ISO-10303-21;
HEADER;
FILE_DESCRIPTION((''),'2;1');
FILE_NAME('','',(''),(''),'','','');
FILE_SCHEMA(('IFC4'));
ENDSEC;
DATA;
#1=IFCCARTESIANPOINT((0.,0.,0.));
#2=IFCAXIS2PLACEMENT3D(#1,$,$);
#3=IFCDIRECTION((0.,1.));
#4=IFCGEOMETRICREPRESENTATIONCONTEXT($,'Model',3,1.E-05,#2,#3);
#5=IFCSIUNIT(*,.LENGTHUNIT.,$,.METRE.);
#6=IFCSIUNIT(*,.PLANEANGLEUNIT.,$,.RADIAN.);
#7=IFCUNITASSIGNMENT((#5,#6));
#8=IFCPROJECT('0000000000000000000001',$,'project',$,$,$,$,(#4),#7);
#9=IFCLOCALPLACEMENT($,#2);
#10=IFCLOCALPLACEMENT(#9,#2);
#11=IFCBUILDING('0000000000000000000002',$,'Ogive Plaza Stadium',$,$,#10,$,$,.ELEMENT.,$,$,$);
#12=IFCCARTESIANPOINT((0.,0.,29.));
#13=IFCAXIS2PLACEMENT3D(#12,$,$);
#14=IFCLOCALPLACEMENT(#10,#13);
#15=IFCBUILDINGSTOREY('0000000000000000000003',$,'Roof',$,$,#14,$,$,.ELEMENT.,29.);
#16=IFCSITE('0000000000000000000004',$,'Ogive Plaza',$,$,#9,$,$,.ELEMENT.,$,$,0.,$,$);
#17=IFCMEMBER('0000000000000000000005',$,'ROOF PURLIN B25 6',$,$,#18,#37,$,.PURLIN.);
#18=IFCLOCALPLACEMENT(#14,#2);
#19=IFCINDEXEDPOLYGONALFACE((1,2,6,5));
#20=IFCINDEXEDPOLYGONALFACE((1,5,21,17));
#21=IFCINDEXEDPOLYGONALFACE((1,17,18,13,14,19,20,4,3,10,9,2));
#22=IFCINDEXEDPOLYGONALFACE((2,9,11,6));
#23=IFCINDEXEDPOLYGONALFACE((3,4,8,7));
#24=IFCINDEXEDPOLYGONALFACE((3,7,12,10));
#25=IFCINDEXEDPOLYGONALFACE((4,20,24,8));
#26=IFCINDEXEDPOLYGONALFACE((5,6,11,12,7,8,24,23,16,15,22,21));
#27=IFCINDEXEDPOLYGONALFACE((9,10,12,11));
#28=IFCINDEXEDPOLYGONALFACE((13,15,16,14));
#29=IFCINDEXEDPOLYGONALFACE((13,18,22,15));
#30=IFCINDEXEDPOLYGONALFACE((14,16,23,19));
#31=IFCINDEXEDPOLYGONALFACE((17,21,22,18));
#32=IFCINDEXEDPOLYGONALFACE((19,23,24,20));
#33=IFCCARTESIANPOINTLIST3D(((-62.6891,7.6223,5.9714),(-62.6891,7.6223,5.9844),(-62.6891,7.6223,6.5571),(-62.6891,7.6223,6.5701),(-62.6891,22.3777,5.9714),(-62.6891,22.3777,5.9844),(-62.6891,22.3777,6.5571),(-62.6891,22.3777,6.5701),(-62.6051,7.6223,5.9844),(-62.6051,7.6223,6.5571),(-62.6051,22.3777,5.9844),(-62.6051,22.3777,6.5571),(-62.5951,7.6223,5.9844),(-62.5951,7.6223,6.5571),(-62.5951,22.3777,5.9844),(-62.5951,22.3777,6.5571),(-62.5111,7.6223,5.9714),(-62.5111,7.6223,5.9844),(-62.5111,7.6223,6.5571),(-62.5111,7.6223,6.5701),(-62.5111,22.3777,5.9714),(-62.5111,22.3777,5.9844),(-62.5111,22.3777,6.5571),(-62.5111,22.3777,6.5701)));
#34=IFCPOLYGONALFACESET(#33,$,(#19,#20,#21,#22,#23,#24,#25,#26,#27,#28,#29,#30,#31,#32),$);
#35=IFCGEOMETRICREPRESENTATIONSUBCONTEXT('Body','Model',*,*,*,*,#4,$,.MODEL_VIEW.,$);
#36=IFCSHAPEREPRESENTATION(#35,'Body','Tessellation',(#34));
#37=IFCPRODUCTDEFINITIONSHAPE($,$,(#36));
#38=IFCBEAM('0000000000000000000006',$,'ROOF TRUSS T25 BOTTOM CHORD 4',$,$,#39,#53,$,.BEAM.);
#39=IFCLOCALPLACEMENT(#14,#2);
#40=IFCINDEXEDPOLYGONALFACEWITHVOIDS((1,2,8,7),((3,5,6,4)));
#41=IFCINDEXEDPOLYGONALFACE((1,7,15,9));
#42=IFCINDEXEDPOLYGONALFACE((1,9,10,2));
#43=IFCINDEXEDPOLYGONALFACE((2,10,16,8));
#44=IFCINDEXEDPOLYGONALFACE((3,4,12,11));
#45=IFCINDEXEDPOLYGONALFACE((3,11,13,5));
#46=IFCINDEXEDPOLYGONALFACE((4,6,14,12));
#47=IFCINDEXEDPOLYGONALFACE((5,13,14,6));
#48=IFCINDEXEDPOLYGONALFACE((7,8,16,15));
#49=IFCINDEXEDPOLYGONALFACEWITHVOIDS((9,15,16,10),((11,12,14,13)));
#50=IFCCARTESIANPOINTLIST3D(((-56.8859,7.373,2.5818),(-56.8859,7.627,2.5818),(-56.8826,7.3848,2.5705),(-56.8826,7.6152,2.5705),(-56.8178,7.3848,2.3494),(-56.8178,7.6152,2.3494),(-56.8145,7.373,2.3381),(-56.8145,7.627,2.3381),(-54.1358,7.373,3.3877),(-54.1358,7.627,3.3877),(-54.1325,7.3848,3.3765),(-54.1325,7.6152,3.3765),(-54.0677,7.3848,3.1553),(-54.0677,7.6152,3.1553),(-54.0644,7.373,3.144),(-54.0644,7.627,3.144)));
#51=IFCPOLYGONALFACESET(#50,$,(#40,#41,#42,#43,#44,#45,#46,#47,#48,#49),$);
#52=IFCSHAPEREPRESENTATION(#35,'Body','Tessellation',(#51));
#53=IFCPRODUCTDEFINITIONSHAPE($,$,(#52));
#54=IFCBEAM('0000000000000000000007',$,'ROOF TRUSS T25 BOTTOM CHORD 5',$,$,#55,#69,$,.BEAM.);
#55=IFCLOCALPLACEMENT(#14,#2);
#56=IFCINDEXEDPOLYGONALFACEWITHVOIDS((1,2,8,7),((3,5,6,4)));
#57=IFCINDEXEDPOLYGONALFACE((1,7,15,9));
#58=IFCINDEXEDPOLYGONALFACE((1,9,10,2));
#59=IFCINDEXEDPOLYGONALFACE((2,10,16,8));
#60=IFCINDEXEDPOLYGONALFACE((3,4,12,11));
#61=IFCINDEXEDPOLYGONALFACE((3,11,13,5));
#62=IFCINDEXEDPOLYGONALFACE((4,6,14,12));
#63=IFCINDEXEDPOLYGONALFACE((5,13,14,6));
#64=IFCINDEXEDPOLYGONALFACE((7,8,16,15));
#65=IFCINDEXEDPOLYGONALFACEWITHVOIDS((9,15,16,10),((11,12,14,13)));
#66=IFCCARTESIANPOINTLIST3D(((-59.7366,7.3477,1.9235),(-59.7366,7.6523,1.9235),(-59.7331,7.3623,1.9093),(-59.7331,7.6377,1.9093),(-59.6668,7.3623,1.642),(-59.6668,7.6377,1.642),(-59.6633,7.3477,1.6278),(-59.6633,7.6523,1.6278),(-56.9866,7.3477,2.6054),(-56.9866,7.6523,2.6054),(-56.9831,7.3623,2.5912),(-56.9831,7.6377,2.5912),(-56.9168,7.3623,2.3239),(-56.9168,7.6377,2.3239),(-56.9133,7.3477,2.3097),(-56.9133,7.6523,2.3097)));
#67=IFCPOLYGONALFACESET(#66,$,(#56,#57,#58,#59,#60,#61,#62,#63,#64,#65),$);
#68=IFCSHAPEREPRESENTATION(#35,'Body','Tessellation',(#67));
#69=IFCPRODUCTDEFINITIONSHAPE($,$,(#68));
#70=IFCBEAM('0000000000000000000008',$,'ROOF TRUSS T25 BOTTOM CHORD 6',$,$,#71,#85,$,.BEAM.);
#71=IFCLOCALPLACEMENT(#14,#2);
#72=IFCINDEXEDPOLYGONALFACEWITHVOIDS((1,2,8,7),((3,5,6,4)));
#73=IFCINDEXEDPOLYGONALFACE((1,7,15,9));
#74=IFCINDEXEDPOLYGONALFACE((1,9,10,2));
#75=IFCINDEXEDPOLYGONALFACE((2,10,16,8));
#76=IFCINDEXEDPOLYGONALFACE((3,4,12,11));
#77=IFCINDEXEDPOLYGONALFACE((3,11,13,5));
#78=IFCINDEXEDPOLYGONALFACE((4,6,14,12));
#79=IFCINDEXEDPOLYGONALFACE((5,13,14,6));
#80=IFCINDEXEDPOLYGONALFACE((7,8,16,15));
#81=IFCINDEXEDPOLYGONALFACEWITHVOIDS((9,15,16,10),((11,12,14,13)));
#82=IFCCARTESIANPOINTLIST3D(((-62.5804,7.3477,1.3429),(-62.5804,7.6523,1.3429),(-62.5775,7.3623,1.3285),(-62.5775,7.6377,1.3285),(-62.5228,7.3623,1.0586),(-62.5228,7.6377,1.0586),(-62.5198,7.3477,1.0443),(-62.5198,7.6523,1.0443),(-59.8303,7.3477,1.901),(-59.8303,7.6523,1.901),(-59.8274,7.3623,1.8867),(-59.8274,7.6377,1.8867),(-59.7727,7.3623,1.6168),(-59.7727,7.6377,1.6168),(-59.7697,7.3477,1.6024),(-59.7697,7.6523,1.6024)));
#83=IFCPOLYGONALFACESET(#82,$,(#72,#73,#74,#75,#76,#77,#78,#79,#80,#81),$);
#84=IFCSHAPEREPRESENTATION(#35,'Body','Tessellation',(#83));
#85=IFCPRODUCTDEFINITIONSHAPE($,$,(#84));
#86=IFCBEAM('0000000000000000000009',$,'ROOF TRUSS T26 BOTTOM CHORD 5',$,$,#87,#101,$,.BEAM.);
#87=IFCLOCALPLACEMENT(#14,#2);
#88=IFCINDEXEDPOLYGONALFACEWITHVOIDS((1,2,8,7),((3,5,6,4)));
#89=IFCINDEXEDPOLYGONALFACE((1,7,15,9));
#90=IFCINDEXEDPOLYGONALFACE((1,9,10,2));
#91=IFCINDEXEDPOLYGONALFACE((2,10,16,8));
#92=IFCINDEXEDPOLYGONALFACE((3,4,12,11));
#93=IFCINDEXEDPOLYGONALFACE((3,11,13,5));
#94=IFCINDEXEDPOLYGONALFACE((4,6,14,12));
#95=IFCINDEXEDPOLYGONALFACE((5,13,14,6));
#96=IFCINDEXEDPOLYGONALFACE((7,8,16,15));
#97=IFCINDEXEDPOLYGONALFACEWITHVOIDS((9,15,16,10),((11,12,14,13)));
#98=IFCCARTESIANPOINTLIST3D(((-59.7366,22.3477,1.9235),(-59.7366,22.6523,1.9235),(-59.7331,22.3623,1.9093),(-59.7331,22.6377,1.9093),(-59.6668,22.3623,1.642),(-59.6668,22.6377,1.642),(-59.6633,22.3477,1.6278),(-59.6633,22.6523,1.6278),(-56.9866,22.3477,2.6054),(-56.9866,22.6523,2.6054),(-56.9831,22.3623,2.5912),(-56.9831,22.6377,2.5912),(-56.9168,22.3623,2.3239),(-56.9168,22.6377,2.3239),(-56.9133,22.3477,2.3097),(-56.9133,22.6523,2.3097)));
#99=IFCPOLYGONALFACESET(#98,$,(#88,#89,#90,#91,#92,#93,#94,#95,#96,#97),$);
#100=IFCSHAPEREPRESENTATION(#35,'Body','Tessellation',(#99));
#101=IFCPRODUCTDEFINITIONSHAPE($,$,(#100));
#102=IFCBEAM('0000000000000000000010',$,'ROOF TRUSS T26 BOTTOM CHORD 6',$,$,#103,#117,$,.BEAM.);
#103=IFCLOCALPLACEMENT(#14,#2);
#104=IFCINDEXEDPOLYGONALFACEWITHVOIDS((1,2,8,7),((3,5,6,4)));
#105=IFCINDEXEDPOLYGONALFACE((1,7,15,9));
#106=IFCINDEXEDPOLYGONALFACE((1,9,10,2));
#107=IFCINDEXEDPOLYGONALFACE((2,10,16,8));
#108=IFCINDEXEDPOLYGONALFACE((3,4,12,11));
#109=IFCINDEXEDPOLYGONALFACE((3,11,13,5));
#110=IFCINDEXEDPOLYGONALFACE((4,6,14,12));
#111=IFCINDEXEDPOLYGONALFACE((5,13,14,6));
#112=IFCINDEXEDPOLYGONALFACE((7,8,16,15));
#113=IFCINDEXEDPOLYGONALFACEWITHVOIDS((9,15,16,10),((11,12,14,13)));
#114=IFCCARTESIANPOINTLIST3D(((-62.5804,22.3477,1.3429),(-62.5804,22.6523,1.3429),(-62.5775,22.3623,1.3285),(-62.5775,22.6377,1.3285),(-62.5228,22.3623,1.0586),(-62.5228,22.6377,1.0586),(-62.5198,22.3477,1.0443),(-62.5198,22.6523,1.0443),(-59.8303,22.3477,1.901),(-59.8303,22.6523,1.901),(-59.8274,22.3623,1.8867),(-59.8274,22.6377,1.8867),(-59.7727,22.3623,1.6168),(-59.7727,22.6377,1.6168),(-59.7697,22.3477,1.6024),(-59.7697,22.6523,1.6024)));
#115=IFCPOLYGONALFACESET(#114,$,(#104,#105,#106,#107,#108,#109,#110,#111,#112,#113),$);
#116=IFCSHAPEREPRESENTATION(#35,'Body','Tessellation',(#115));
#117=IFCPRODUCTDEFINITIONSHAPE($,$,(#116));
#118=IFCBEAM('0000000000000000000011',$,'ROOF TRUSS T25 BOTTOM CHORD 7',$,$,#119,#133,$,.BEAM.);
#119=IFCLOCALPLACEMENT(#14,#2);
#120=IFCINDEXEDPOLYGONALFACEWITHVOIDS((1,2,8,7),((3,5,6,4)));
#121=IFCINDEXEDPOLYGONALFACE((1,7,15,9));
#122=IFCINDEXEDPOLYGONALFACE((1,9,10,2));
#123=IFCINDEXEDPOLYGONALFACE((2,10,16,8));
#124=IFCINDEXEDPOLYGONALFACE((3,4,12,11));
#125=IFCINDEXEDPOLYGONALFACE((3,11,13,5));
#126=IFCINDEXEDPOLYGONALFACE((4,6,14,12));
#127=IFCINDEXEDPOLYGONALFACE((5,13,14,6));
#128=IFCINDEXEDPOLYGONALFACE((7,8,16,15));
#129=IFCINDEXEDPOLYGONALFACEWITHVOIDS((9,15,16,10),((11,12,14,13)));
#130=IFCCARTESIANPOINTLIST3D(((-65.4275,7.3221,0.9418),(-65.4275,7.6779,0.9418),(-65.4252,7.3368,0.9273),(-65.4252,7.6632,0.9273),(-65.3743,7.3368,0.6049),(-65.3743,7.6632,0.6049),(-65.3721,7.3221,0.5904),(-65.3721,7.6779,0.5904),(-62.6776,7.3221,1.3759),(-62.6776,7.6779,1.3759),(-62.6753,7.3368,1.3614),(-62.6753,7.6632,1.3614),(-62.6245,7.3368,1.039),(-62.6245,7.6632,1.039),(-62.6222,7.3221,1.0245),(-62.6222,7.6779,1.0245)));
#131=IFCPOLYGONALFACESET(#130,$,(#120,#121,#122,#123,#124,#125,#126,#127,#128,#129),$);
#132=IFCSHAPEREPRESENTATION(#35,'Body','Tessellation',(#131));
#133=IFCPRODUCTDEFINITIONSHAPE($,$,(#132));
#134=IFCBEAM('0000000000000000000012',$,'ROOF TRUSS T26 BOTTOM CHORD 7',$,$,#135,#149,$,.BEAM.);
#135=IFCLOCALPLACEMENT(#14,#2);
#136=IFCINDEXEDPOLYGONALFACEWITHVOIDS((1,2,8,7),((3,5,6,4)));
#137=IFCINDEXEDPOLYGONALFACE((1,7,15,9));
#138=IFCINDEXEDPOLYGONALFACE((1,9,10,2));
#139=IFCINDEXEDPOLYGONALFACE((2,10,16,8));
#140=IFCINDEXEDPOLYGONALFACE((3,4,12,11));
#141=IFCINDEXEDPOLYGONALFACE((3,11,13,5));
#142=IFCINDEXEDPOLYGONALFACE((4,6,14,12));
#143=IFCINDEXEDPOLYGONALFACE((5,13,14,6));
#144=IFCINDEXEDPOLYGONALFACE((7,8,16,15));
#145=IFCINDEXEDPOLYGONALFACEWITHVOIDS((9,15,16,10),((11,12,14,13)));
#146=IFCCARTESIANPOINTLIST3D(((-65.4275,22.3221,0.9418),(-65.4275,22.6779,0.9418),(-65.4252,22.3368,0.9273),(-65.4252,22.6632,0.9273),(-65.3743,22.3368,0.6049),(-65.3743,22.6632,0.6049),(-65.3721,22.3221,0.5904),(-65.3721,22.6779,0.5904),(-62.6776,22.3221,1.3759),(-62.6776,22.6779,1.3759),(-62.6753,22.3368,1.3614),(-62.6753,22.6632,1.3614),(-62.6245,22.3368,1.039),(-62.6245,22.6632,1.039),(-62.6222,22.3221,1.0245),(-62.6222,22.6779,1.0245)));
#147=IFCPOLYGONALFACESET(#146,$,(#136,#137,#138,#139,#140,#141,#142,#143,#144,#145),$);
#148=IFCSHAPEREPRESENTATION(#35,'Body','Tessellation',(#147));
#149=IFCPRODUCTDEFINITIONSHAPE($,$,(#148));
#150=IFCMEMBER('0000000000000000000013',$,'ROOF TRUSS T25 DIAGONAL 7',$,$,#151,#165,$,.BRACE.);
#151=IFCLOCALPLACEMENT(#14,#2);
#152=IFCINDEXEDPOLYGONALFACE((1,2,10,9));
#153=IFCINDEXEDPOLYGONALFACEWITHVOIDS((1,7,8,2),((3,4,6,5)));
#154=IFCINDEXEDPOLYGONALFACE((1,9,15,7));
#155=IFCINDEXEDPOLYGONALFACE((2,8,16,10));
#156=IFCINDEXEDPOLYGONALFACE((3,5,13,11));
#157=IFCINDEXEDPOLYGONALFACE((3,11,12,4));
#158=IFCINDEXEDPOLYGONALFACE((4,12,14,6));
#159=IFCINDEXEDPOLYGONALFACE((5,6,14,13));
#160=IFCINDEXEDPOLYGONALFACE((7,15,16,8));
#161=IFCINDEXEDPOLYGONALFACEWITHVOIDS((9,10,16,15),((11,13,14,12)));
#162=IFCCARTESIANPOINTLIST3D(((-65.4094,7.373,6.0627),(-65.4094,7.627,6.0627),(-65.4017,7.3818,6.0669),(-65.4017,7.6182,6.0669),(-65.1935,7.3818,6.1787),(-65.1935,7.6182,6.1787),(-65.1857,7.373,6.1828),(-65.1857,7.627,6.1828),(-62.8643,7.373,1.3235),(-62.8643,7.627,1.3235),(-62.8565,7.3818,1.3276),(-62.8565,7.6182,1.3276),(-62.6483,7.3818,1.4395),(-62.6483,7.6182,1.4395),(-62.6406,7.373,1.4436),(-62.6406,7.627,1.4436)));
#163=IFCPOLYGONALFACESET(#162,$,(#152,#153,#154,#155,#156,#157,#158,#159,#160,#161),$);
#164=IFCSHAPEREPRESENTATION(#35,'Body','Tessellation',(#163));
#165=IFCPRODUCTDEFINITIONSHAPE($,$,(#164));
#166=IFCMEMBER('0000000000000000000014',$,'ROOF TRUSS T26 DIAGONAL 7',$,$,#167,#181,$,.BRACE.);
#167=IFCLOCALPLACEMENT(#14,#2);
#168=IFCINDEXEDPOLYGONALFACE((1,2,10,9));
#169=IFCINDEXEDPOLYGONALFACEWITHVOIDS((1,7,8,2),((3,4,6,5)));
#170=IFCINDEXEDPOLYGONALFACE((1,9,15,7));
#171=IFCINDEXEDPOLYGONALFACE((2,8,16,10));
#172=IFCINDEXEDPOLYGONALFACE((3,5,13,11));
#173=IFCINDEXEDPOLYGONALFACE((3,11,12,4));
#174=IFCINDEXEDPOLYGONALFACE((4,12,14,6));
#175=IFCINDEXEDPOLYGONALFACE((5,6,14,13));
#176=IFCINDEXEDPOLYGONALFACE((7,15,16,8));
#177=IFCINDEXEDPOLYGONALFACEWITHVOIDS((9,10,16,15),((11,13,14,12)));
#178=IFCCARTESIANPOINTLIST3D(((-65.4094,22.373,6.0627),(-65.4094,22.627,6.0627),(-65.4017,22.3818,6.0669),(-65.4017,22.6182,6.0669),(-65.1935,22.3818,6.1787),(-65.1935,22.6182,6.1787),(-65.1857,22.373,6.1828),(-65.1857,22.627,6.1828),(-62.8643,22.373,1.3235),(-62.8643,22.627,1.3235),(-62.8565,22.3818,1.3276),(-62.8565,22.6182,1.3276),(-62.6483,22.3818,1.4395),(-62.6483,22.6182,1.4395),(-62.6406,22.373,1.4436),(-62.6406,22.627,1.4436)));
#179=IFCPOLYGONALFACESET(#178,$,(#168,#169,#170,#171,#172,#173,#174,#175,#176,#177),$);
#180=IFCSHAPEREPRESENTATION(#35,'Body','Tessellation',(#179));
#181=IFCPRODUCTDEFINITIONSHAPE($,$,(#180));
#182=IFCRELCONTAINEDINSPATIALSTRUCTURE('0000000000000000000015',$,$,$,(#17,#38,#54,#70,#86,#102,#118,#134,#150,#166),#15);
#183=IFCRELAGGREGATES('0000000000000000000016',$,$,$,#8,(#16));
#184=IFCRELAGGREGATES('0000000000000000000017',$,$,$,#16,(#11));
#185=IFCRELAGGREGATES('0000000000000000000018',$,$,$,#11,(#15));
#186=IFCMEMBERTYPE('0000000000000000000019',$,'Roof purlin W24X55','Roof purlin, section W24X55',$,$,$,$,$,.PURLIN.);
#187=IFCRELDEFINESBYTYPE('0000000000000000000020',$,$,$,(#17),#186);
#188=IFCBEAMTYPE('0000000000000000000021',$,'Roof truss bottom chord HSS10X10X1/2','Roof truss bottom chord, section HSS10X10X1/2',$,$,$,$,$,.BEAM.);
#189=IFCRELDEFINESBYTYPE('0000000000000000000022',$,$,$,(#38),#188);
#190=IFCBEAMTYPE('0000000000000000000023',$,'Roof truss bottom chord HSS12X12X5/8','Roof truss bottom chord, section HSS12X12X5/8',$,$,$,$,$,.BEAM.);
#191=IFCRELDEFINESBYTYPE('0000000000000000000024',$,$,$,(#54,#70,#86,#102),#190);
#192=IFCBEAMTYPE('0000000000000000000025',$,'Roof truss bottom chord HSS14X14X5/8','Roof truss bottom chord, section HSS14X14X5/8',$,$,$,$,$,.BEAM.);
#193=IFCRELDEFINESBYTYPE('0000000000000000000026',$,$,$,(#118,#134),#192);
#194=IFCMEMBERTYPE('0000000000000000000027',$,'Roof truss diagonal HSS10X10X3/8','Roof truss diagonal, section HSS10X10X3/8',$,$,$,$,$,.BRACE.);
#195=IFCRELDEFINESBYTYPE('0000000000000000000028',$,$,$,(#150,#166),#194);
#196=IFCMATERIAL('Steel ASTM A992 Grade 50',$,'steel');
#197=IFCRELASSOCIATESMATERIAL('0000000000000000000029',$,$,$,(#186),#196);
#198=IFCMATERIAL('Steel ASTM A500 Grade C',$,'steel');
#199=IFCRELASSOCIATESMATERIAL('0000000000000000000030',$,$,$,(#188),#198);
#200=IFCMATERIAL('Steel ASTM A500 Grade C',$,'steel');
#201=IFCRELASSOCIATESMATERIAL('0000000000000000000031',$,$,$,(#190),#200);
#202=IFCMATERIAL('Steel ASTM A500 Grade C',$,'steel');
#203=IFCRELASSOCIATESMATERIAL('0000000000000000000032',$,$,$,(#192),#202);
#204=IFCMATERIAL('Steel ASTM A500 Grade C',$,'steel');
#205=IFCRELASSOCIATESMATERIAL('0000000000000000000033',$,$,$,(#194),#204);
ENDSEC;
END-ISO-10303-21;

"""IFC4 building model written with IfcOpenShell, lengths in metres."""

from ifc_helpers import new_model, si_unit, direction, frame, origin, origin_2d, place, context, subcontext, project, spatial, hollow_rectangle, i_section, extrude, material, material_profile, profile_set, type_object, element, save


model = new_model("IFC4")

# Units and contexts
model_context = context("Model", 3, precision=1e-05, world=origin(), true_north=direction((0.0, 1.0)))
body_context = subcontext(model_context, "Body", "Model", "MODEL_VIEW")
ifc_project = project(units=[si_unit("LENGTHUNIT", "METRE"), si_unit("PLANEANGLEUNIT", "RADIAN")], contexts=[model_context])

# Site, building, storey
site_placement = place(None, origin())
site = spatial("IfcSite", under=ifc_project, at=site_placement, Name="Ogive Plaza", CompositionType="ELEMENT", RefElevation=0.0)
building_placement = place(site_placement, origin())
building = spatial("IfcBuilding", under=site, at=building_placement, Name="Ogive Plaza Stadium", CompositionType="ELEMENT")
storey_placement = place(building_placement, frame((0.0, 0.0, 29.0)))
storey = spatial("IfcBuildingStorey", under=building, at=storey_placement, Name="Roof", CompositionType="ELEMENT", Elevation=29.0)

# Member
ifc_material_1 = material(Name="Steel ASTM A992 Grade 50", Category="steel")
ifc_material_profile_1 = material_profile(ifc_material_1, i_section(OverallWidth=0.178, OverallDepth=0.5986, WebThickness=0.01, FlangeThickness=0.0129, at=origin_2d()), Name="W24X55")
ifc_profile_set_1 = profile_set([ifc_material_profile_1], Name="Steel ASTM A992 Grade 50")
member_type_1 = type_object("IfcMemberType", Name="Roof purlin W24X55", Description="Roof purlin, section W24X55", PredefinedType="PURLIN", material=ifc_profile_set_1)
for number, where, z_axis, x_axis, name in (
    (1, (-62.6001, 7.6223, 6.2708), (0.0, 1.0, 0.0), (-1.0, 0.0, 0.0), "ROOF PURLIN B25 6"),
):
    element("IfcMember", number, at=place(storey_placement, frame(where, z_axis=z_axis, x_axis=x_axis)), inside=storey, type_object=member_type_1, Name=name, PredefinedType="PURLIN", context=body_context, shape_type="SweptSolid", body=[
        extrude(i_section(OverallWidth=0.178, OverallDepth=0.5986, WebThickness=0.01, FlangeThickness=0.0129, at=origin_2d()), origin(), (0.0, 0.0, 1.0), 14.7554),
    ])

# Beams
ifc_material_2 = material(Name="Steel ASTM A500 Grade C", Category="steel")
ifc_material_profile_2 = material_profile(ifc_material_2, hollow_rectangle(XDim=0.2539, YDim=0.2539, WallThickness=0.0117, at=origin_2d()), Name="HSS10X10X1/2")
ifc_profile_set_2 = profile_set([ifc_material_profile_2], Name="Steel ASTM A500 Grade C")
beam_type_1 = type_object("IfcBeamType", Name="Roof truss bottom chord HSS10X10X1/2", Description="Roof truss bottom chord, section HSS10X10X1/2", PredefinedType="BEAM", material=ifc_profile_set_2)
beam_1_placement = place(storey_placement, frame((-54.1001, 7.5, 3.2659), z_axis=(-0.95964, 0.0, -0.28123), x_axis=(0.0, -1.0, 0.0)))
element("IfcBeam", 2, at=beam_1_placement, inside=storey, type_object=beam_type_1, Name="ROOF TRUSS T25 BOTTOM CHORD 4", PredefinedType="BEAM", context=body_context, shape_type="SweptSolid", body=[
    extrude(hollow_rectangle(XDim=0.2539, YDim=0.2539, WallThickness=0.0117, at=origin_2d()), origin(), (0.0, 0.0, 1.0), 2.8657),
])
ifc_material_3 = material(Name="Steel ASTM A500 Grade C", Category="steel")
ifc_material_profile_3 = material_profile(ifc_material_3, hollow_rectangle(XDim=0.3047, YDim=0.3047, WallThickness=0.0146, at=origin_2d()), Name="HSS12X12X5/8")
ifc_profile_set_3 = profile_set([ifc_material_profile_3], Name="Steel ASTM A500 Grade C")
beam_type_2 = type_object("IfcBeamType", Name="Roof truss bottom chord HSS12X12X5/8", Description="Roof truss bottom chord, section HSS12X12X5/8", PredefinedType="BEAM", material=ifc_profile_set_3)
beam_2_placement = place(storey_placement, frame((-56.95, 7.5, 2.4575), z_axis=(-0.970607, 0.0, -0.24067), x_axis=(0.0, -1.0, 0.0)))
element("IfcBeam", 3, at=beam_2_placement, inside=storey, type_object=beam_type_2, Name="ROOF TRUSS T25 BOTTOM CHORD 5", PredefinedType="BEAM", context=body_context, shape_type="SweptSolid", body=[
    extrude(hollow_rectangle(XDim=0.3047, YDim=0.3047, WallThickness=0.0146, at=origin_2d()), origin(), (0.0, 0.0, 1.0), 2.8333),
])
beam_3_placement = place(storey_placement, frame((-59.8, 7.5, 1.7517), z_axis=(-0.980021, 0.0, -0.198893), x_axis=(0.0, -1.0, 0.0)))
element("IfcBeam", 4, at=beam_3_placement, inside=storey, type_object=beam_type_2, Name="ROOF TRUSS T25 BOTTOM CHORD 6", PredefinedType="BEAM", context=body_context, shape_type="SweptSolid", body=[
    extrude(hollow_rectangle(XDim=0.3047, YDim=0.3047, WallThickness=0.0146, at=origin_2d()), origin(), (0.0, 0.0, 1.0), 2.8062),
])
beam_4_placement = place(storey_placement, frame((-56.95, 22.5, 2.4575), z_axis=(-0.970607, 0.0, -0.24067), x_axis=(0.0, -1.0, 0.0)))
element("IfcBeam", 5, at=beam_4_placement, inside=storey, type_object=beam_type_2, Name="ROOF TRUSS T26 BOTTOM CHORD 5", PredefinedType="BEAM", context=body_context, shape_type="SweptSolid", body=[
    extrude(hollow_rectangle(XDim=0.3047, YDim=0.3047, WallThickness=0.0146, at=origin_2d()), origin(), (0.0, 0.0, 1.0), 2.8333),
])
beam_5_placement = place(storey_placement, frame((-59.8, 22.5, 1.7517), z_axis=(-0.980021, 0.0, -0.198893), x_axis=(0.0, -1.0, 0.0)))
element("IfcBeam", 6, at=beam_5_placement, inside=storey, type_object=beam_type_2, Name="ROOF TRUSS T26 BOTTOM CHORD 6", PredefinedType="BEAM", context=body_context, shape_type="SweptSolid", body=[
    extrude(hollow_rectangle(XDim=0.3047, YDim=0.3047, WallThickness=0.0146, at=origin_2d()), origin(), (0.0, 0.0, 1.0), 2.8062),
])
ifc_material_4 = material(Name="Steel ASTM A500 Grade C", Category="steel")
ifc_material_profile_4 = material_profile(ifc_material_4, hollow_rectangle(XDim=0.3557, YDim=0.3557, WallThickness=0.0146, at=origin_2d()), Name="HSS14X14X5/8")
ifc_profile_set_4 = profile_set([ifc_material_profile_4], Name="Steel ASTM A500 Grade C")
beam_type_3 = type_object("IfcBeamType", Name="Roof truss bottom chord HSS14X14X5/8", Description="Roof truss bottom chord, section HSS14X14X5/8", PredefinedType="BEAM", material=ifc_profile_set_4)
for number, where, z_axis, x_axis, name in (
    (7, (-62.6499, 7.5, 1.2002), (-0.98777, 0.0, -0.155918), (0.0, -1.0, 0.0), "ROOF TRUSS T25 BOTTOM CHORD 7"),
    (8, (-62.6499, 22.5, 1.2002), (-0.98777, 0.0, -0.155918), (0.0, -1.0, 0.0), "ROOF TRUSS T26 BOTTOM CHORD 7"),
):
    element("IfcBeam", number, at=place(storey_placement, frame(where, z_axis=z_axis, x_axis=x_axis)), inside=storey, type_object=beam_type_3, Name=name, PredefinedType="BEAM", context=body_context, shape_type="SweptSolid", body=[
        extrude(hollow_rectangle(XDim=0.3557, YDim=0.3557, WallThickness=0.0146, at=origin_2d()), origin(), (0.0, 0.0, 1.0), 2.7839),
    ])

# Members
ifc_material_5 = material(Name="Steel ASTM A500 Grade C", Category="steel")
ifc_material_profile_5 = material_profile(ifc_material_5, hollow_rectangle(XDim=0.2539, YDim=0.2539, WallThickness=0.0088, at=origin_2d()), Name="HSS10X10X3/8")
ifc_profile_set_5 = profile_set([ifc_material_profile_5], Name="Steel ASTM A500 Grade C")
member_type_2 = type_object("IfcMemberType", Name="Roof truss diagonal HSS10X10X3/8", Description="Roof truss diagonal, section HSS10X10X3/8", PredefinedType="BRACE", material=ifc_profile_set_5)
for number, where, z_axis, x_axis, name in (
    (9, (-62.7524, 7.5, 1.3835), (-0.473128, 0.0, 0.880994), (0.0, -1.0, 0.0), "ROOF TRUSS T25 DIAGONAL 7"),
    (10, (-62.7524, 22.5, 1.3835), (-0.473128, 0.0, 0.880994), (0.0, -1.0, 0.0), "ROOF TRUSS T26 DIAGONAL 7"),
):
    element("IfcMember", number, at=place(storey_placement, frame(where, z_axis=z_axis, x_axis=x_axis)), inside=storey, type_object=member_type_2, Name=name, PredefinedType="BRACE", context=body_context, shape_type="SweptSolid", body=[
        extrude(hollow_rectangle(XDim=0.2539, YDim=0.2539, WallThickness=0.0088, at=origin_2d()), origin(), (0.0, 0.0, 1.0), 5.3794),
    ])

save(model, "model.ifc")
